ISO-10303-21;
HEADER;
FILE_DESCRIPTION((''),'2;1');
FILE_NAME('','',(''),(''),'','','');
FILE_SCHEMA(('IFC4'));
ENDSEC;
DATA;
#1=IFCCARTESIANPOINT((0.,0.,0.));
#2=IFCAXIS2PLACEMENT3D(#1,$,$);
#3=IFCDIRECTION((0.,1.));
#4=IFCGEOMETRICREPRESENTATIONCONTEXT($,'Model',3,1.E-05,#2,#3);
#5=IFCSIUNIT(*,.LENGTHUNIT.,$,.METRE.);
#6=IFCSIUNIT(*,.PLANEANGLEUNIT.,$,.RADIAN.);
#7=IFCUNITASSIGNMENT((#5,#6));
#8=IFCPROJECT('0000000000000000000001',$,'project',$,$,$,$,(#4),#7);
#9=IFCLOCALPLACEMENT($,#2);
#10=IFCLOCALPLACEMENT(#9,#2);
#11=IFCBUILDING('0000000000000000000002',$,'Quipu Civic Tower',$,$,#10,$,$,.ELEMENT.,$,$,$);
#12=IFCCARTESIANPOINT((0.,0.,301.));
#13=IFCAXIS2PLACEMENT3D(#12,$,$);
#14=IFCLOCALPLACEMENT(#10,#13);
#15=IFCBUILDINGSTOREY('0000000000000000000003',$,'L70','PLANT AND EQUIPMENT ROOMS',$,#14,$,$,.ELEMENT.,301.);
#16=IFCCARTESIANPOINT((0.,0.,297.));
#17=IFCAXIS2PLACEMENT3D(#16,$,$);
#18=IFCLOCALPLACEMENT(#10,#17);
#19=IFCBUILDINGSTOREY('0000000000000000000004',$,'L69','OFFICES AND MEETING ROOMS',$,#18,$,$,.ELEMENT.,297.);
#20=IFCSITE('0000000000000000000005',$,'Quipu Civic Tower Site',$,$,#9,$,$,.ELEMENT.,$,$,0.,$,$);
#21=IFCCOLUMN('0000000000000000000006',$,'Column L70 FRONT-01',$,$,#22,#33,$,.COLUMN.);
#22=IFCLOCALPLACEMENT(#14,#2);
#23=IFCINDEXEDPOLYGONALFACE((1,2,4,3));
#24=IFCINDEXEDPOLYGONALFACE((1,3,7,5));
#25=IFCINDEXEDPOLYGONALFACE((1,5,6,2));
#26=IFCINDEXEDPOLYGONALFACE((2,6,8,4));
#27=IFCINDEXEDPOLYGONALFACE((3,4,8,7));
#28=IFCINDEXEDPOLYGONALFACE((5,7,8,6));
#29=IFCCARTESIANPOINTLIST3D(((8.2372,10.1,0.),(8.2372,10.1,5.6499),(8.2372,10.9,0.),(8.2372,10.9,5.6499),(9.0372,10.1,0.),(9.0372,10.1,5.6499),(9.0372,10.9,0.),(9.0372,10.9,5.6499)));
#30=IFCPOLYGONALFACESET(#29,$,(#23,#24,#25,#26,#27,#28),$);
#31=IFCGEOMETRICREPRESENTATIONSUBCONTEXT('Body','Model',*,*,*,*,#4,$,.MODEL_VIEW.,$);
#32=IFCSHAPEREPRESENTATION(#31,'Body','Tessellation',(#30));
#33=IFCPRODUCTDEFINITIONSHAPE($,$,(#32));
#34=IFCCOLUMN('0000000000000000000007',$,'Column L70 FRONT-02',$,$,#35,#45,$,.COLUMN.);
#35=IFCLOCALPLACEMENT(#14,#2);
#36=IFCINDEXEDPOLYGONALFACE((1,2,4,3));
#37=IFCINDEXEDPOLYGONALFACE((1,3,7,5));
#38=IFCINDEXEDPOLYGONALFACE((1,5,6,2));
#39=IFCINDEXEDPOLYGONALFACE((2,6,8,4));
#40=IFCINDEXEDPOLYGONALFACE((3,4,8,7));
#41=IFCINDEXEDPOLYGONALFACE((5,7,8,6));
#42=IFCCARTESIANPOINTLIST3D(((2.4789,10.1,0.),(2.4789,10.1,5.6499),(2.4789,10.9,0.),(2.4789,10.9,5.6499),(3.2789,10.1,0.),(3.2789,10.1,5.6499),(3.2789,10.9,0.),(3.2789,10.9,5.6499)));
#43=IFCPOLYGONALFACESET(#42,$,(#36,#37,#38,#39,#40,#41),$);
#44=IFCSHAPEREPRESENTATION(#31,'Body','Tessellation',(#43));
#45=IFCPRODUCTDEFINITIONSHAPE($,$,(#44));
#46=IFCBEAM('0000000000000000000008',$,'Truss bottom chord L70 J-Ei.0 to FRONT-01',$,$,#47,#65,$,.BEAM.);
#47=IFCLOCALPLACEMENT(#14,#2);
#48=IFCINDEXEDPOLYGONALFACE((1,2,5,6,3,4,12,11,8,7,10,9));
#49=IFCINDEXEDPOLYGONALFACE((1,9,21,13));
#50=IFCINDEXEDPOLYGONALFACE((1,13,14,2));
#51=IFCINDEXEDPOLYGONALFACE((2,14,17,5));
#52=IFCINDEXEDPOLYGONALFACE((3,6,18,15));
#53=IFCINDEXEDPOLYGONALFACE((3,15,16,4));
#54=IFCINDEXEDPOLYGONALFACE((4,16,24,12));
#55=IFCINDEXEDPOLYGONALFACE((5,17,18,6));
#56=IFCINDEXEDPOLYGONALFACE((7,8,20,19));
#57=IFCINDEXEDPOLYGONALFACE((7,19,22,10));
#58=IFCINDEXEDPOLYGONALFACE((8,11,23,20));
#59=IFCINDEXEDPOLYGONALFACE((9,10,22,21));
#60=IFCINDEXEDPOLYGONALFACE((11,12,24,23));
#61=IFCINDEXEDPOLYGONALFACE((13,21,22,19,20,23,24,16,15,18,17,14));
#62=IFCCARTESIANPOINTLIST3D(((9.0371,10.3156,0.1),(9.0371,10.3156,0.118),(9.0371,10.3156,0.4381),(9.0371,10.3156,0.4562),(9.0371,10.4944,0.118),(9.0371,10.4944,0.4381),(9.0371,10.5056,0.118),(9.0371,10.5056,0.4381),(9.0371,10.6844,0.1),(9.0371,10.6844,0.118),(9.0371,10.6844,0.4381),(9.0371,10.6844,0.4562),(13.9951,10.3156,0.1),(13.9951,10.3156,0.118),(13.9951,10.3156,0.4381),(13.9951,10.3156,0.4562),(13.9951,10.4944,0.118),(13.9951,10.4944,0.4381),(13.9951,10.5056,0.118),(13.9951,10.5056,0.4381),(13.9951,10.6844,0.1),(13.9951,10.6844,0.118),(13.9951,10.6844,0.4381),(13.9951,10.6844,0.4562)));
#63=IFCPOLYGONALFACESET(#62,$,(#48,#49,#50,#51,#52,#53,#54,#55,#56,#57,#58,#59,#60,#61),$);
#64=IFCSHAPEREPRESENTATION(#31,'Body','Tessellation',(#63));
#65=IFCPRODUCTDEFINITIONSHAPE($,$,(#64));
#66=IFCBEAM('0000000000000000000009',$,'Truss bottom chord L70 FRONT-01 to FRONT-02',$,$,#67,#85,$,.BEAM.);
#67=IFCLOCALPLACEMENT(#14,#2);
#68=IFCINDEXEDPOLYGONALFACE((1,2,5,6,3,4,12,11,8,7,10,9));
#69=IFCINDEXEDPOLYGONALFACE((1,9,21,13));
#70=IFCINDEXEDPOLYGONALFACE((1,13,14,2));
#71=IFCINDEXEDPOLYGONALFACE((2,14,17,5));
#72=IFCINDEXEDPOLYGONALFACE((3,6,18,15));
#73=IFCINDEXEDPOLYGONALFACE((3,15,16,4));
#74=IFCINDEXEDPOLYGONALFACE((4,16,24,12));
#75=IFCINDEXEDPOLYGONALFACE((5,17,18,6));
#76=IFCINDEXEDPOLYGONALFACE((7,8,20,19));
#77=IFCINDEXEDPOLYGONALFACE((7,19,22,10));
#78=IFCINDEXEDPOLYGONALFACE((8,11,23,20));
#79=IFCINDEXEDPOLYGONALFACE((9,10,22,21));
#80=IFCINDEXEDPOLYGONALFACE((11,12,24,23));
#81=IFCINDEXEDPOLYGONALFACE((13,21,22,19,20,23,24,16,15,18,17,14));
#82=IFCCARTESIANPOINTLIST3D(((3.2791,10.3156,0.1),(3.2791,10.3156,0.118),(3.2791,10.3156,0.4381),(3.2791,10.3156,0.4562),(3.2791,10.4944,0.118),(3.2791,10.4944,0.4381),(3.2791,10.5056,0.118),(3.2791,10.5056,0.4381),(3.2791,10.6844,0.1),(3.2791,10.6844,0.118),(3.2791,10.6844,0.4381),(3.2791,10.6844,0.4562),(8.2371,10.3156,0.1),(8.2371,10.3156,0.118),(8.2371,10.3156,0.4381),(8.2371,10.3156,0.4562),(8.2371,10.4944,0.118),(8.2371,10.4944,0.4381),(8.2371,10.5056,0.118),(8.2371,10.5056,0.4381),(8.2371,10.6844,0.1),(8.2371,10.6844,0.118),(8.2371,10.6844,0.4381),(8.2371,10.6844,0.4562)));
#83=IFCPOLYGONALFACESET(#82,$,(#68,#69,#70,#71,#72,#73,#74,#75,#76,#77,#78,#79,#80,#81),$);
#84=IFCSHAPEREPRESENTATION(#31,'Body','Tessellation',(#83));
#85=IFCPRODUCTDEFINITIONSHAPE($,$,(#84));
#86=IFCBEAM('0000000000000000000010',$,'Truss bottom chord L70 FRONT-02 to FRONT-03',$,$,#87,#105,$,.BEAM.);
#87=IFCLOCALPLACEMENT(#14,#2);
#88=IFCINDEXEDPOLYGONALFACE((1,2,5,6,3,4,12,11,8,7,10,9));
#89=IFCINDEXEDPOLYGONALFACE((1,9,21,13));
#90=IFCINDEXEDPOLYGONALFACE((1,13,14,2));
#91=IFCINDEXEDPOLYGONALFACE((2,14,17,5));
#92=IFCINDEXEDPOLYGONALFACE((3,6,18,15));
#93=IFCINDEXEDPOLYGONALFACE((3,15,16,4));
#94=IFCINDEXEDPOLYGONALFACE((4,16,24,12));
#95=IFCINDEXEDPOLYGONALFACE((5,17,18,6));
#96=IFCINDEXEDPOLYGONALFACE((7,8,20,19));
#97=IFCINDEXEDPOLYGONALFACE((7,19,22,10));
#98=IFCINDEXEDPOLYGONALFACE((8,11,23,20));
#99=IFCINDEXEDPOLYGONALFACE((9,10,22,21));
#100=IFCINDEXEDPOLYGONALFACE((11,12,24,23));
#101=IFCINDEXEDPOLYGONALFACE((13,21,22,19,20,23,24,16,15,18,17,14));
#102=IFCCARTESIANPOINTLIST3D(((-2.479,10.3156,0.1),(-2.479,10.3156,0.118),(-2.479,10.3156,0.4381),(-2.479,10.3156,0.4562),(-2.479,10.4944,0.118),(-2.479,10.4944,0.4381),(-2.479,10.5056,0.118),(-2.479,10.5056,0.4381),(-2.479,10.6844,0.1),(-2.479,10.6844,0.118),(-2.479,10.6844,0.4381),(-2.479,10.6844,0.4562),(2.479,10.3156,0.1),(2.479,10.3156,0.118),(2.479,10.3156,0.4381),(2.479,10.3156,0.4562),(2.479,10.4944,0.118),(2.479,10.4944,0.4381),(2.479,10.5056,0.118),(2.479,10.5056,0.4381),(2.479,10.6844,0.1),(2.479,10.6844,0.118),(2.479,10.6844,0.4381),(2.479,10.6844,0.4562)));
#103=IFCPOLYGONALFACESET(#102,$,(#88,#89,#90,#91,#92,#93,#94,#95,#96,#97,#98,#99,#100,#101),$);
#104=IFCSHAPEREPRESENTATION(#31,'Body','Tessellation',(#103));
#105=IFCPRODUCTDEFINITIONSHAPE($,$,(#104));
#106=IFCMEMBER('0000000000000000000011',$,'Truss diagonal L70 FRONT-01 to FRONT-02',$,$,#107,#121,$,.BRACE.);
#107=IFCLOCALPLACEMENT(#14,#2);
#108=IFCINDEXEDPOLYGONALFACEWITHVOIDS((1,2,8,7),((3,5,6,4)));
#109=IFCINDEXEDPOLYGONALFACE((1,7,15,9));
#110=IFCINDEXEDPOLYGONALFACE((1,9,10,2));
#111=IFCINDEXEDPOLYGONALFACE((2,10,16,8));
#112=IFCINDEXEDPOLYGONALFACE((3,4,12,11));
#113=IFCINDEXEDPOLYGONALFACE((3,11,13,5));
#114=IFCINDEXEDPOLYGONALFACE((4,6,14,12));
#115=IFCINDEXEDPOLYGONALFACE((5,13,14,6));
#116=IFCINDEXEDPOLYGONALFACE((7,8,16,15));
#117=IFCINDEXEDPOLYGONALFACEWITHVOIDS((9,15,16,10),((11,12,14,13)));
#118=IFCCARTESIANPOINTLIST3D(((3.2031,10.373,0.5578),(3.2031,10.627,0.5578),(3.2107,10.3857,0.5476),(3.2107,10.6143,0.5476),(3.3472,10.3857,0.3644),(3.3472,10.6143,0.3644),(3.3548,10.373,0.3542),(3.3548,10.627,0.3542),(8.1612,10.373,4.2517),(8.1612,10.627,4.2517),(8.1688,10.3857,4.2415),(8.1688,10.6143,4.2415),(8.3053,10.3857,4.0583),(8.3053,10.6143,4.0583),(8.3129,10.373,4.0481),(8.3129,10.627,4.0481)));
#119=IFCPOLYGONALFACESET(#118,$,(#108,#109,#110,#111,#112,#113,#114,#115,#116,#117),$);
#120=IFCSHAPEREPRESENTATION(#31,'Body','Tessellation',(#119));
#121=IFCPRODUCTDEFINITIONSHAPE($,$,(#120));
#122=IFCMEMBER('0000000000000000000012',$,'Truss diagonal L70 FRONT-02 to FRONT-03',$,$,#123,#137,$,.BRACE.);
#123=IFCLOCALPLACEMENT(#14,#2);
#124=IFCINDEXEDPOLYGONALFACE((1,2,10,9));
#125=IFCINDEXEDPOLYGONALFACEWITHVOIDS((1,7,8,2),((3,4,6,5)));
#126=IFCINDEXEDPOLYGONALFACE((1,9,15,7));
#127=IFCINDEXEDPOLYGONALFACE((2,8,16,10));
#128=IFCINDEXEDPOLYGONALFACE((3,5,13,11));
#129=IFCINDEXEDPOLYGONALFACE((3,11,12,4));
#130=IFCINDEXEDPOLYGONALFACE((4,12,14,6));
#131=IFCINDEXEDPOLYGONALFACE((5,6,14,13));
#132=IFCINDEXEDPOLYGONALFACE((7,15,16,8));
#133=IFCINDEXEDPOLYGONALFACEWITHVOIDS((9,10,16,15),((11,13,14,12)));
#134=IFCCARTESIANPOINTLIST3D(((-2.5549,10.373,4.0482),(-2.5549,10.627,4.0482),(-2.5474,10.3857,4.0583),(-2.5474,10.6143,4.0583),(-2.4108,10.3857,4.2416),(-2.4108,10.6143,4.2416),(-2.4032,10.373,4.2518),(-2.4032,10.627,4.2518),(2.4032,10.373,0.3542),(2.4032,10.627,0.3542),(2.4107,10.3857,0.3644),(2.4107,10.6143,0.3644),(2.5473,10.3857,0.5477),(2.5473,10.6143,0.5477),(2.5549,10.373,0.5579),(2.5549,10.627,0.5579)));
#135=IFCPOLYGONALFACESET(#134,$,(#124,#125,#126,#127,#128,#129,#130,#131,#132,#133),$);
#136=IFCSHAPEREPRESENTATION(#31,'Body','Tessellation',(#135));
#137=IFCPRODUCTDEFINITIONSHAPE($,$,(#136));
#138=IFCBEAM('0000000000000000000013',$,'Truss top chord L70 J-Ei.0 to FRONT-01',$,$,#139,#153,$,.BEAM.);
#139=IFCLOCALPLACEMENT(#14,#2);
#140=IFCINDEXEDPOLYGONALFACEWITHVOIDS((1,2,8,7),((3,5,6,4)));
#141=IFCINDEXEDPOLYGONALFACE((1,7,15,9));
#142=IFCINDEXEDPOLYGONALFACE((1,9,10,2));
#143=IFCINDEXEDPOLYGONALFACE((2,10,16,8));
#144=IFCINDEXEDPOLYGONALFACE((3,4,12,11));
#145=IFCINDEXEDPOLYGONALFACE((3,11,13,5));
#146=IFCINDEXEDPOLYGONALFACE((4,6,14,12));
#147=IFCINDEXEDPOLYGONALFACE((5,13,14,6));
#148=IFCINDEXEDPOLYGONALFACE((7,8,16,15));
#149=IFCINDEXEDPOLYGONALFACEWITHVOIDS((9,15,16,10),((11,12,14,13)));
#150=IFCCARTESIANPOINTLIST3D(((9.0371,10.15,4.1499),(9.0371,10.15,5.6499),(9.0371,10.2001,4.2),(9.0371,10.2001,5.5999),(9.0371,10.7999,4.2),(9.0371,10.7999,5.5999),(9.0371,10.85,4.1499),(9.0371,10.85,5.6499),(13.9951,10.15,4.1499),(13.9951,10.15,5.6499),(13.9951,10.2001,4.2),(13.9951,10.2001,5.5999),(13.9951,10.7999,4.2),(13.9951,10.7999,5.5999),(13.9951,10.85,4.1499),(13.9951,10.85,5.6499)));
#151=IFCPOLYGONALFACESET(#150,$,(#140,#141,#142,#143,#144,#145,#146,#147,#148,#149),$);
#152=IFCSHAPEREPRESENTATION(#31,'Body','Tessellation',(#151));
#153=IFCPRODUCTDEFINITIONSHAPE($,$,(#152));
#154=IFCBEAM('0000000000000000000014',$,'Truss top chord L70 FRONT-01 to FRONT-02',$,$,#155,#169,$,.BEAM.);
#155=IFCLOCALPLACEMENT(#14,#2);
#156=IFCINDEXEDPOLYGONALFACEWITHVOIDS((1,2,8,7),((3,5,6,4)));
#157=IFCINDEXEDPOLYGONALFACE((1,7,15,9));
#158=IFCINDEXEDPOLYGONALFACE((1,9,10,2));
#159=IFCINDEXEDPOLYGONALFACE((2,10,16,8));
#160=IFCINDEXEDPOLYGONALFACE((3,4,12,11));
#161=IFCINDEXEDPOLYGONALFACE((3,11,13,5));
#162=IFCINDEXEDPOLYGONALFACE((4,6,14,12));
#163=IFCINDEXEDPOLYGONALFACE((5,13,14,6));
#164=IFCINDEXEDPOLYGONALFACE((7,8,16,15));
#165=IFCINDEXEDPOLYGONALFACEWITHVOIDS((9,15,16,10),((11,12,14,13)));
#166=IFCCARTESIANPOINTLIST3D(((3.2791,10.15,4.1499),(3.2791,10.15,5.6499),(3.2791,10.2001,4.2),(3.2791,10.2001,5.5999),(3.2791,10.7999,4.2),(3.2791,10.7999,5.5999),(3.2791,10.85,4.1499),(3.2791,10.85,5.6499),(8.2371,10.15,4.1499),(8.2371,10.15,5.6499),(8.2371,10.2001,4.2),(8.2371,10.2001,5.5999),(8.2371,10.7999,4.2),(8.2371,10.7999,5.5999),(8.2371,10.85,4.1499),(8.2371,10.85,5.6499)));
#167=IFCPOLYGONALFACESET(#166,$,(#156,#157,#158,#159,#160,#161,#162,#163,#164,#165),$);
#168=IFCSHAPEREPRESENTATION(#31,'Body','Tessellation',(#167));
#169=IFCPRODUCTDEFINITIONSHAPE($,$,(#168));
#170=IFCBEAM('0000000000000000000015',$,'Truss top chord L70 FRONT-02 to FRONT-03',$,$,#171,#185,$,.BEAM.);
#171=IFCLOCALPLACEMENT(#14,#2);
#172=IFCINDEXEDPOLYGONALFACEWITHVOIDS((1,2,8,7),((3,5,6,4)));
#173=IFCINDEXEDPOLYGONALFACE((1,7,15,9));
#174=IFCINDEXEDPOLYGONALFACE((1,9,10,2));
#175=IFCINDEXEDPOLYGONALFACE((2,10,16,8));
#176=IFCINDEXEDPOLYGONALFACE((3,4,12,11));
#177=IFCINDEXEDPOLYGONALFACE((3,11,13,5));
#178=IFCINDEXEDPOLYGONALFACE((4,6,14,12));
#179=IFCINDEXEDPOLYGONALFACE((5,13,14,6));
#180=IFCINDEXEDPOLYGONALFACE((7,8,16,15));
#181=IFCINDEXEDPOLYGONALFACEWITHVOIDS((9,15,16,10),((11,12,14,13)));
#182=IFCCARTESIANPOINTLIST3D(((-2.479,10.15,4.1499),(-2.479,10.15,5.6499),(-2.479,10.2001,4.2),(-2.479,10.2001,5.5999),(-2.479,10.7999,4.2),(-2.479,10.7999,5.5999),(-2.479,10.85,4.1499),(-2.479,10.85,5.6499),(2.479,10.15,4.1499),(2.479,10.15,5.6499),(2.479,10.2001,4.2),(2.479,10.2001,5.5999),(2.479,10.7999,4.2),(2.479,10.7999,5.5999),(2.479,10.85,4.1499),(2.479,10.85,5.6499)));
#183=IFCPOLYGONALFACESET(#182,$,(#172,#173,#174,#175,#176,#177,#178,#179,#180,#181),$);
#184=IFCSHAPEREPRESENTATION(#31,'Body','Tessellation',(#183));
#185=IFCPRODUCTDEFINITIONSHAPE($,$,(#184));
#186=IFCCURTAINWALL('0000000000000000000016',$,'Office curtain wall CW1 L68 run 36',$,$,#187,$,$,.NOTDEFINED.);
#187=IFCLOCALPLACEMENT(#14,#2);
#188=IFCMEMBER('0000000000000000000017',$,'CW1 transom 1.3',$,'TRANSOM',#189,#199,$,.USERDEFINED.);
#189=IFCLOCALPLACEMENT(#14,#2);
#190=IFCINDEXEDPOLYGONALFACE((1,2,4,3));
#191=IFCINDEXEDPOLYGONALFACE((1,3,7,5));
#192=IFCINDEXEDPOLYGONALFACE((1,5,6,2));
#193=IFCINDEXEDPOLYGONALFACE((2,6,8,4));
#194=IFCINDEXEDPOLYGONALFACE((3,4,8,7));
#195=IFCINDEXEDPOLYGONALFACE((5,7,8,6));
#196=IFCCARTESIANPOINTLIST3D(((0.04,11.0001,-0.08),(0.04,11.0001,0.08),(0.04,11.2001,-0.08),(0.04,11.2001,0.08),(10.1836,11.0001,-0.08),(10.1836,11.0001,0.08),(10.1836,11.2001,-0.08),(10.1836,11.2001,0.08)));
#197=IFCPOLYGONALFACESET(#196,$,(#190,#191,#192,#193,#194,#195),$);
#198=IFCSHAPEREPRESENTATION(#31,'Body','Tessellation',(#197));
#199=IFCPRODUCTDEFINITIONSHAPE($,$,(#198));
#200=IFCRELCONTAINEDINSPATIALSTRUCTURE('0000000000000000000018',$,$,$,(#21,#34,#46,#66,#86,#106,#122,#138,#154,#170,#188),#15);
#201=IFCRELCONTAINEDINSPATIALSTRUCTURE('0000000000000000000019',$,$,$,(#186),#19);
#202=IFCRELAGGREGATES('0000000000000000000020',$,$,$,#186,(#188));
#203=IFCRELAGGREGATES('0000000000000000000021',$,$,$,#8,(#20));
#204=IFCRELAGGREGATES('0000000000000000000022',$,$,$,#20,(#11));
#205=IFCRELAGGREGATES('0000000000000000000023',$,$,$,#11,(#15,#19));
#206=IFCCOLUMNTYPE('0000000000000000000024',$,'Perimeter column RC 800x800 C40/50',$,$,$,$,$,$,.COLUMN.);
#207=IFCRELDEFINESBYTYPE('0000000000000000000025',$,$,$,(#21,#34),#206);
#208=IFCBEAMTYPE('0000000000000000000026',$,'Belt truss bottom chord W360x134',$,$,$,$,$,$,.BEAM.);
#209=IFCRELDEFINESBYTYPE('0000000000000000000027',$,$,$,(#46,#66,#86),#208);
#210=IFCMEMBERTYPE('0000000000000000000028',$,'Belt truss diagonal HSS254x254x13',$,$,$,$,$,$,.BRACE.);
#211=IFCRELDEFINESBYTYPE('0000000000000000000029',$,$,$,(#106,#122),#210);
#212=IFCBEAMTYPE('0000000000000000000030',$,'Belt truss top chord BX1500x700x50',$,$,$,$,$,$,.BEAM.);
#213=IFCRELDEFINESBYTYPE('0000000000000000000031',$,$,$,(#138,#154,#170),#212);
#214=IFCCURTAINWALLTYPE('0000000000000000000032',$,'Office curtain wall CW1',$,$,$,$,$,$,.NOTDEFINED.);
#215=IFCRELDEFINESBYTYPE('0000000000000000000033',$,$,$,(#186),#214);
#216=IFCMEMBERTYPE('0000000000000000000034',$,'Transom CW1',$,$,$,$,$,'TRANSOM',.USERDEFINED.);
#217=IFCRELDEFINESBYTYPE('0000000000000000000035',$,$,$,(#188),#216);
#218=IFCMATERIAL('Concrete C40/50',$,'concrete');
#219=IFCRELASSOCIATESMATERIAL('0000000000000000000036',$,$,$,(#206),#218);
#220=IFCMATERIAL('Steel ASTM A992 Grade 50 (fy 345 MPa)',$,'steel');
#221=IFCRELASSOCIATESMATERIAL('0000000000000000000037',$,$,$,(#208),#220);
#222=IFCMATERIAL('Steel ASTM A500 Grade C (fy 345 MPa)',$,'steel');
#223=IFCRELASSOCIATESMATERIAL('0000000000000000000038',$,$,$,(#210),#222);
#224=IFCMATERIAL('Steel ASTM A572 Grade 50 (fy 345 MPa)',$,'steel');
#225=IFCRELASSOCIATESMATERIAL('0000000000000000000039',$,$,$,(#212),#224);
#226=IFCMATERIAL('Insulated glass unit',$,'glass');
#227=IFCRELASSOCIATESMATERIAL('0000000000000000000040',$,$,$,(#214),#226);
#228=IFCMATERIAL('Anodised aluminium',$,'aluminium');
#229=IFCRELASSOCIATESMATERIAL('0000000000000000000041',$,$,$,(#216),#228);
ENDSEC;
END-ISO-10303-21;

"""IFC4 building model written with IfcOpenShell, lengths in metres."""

from ifc_helpers import new_model, si_unit, direction, frame, origin, origin_2d, place, context, subcontext, project, spatial, rectangle, hollow_rectangle, i_section, extrude, material, material_profile, profile_set, type_object, element, aggregate, save


model = new_model("IFC4")

# Units and contexts
model_context = context("Model", 3, precision=1e-05, world=origin(), true_north=direction((0.0, 1.0)))
body_context = subcontext(model_context, "Body", "Model", "MODEL_VIEW")
ifc_project = project(units=[si_unit("LENGTHUNIT", "METRE"), si_unit("PLANEANGLEUNIT", "RADIAN")], contexts=[model_context])

# Site, building, storey
site_placement = place(None, origin())
site = spatial("IfcSite", under=ifc_project, at=site_placement, Name="Quipu Civic Tower Site", CompositionType="ELEMENT", RefElevation=0.0)
building_placement = place(site_placement, origin())
building = spatial("IfcBuilding", under=site, at=building_placement, Name="Quipu Civic Tower", CompositionType="ELEMENT")
storey_1_placement = place(building_placement, frame((0.0, 0.0, 301.0)))
storey_1 = spatial("IfcBuildingStorey", under=building, at=storey_1_placement, Name="L70", Description="PLANT AND EQUIPMENT ROOMS", CompositionType="ELEMENT", Elevation=301.0)

# Columns
ifc_material_1 = material(Name="Concrete C40/50", Category="concrete")
ifc_material_profile_1 = material_profile(ifc_material_1, rectangle(XDim=0.8, YDim=0.8, at=origin_2d()), Name="RC800x800")
ifc_profile_set_1 = profile_set([ifc_material_profile_1], Name="Concrete C40/50")
column_type = type_object("IfcColumnType", Name="Perimeter column RC 800x800 C40/50", PredefinedType="COLUMN", material=ifc_profile_set_1)
for number, where, z_axis, x_axis, name in (
    (1, (8.6372, 10.5, 0.0), (0.0, 0.0, 1.0), (-1.0, 0.0, 0.0), "Column L70 FRONT-01"),
    (2, (2.8789, 10.5, 0.0), (0.0, 0.0, 1.0), (-1.0, 0.0, 0.0), "Column L70 FRONT-02"),
):
    element("IfcColumn", number, at=place(storey_1_placement, frame(where, z_axis=z_axis, x_axis=x_axis)), inside=storey_1, type_object=column_type, Name=name, PredefinedType="COLUMN", context=body_context, shape_type="SweptSolid", body=[
        extrude(rectangle(XDim=0.8, YDim=0.8, at=origin_2d()), origin(), (0.0, 0.0, 1.0), 5.6499),
    ])

# Beams
ifc_material_2 = material(Name="Steel ASTM A992 Grade 50 (fy 345 MPa)", Category="steel")
ifc_material_profile_2 = material_profile(ifc_material_2, i_section(OverallWidth=0.3689, OverallDepth=0.3562, WebThickness=0.0112, FlangeThickness=0.0181, at=origin_2d()), Name="W360x134")
ifc_profile_set_2 = profile_set([ifc_material_profile_2], Name="Steel ASTM A992 Grade 50 (fy 345 MPa)")
beam_type_1 = type_object("IfcBeamType", Name="Belt truss bottom chord W360x134", PredefinedType="BEAM", material=ifc_profile_set_2)
for number, where, z_axis, x_axis, name in (
    (3, (13.9951, 10.5, 0.2781), (-1.0, 0.0, 0.0), (0.0, -1.0, 0.0), "Truss bottom chord L70 J-Ei.0 to FRONT-01"),
    (4, (8.2371, 10.5, 0.2781), (-1.0, 0.0, 0.0), (0.0, -1.0, 0.0), "Truss bottom chord L70 FRONT-01 to FRONT-02"),
    (5, (2.479, 10.5, 0.2781), (-1.0, 0.0, 0.0), (0.0, -1.0, 0.0), "Truss bottom chord L70 FRONT-02 to FRONT-03"),
):
    element("IfcBeam", number, at=place(storey_1_placement, frame(where, z_axis=z_axis, x_axis=x_axis)), inside=storey_1, type_object=beam_type_1, Name=name, PredefinedType="BEAM", context=body_context, shape_type="SweptSolid", body=[
        extrude(i_section(OverallWidth=0.3689, OverallDepth=0.3562, WebThickness=0.0112, FlangeThickness=0.0181, at=origin_2d()), origin(), (0.0, 0.0, 1.0), 4.958),
    ])

# Members
ifc_material_3 = material(Name="Steel ASTM A500 Grade C (fy 345 MPa)", Category="steel")
ifc_material_profile_3 = material_profile(ifc_material_3, hollow_rectangle(XDim=0.2539, YDim=0.2539, WallThickness=0.0127, at=origin_2d()), Name="HSS254x254x13")
ifc_profile_set_3 = profile_set([ifc_material_profile_3], Name="Steel ASTM A500 Grade C (fy 345 MPa)")
member_type_1 = type_object("IfcMemberType", Name="Belt truss diagonal HSS254x254x13", PredefinedType="BRACE", material=ifc_profile_set_3)
for number, where, z_axis, x_axis, name in (
    (6, (8.2371, 10.5, 4.1499), (-0.80191, 0.0, -0.597444), (0.0, -1.0, 0.0), "Truss diagonal L70 FRONT-01 to FRONT-02"),
    (7, (2.479, 10.5, 0.4561), (-0.80191, 0.0, 0.597444), (0.0, -1.0, 0.0), "Truss diagonal L70 FRONT-02 to FRONT-03"),
):
    element("IfcMember", number, at=place(storey_1_placement, frame(where, z_axis=z_axis, x_axis=x_axis)), inside=storey_1, type_object=member_type_1, Name=name, PredefinedType="BRACE", context=body_context, shape_type="SweptSolid", body=[
        extrude(hollow_rectangle(XDim=0.2539, YDim=0.2539, WallThickness=0.0127, at=origin_2d()), origin(), (0.0, 0.0, 1.0), 6.1829),
    ])

# Beams
ifc_material_4 = material(Name="Steel ASTM A572 Grade 50 (fy 345 MPa)", Category="steel")
ifc_material_profile_4 = material_profile(ifc_material_4, hollow_rectangle(XDim=0.7, YDim=1.5, WallThickness=0.05, at=origin_2d()), Name="BX1500x700x50")
ifc_profile_set_4 = profile_set([ifc_material_profile_4], Name="Steel ASTM A572 Grade 50 (fy 345 MPa)")
beam_type_2 = type_object("IfcBeamType", Name="Belt truss top chord BX1500x700x50", PredefinedType="BEAM", material=ifc_profile_set_4)
for number, where, z_axis, x_axis, name in (
    (8, (13.9951, 10.5, 4.8999), (-1.0, 0.0, 0.0), (0.0, -1.0, 0.0), "Truss top chord L70 J-Ei.0 to FRONT-01"),
    (9, (8.2371, 10.5, 4.8999), (-1.0, 0.0, 0.0), (0.0, -1.0, 0.0), "Truss top chord L70 FRONT-01 to FRONT-02"),
    (10, (2.479, 10.5, 4.8999), (-1.0, 0.0, 0.0), (0.0, -1.0, 0.0), "Truss top chord L70 FRONT-02 to FRONT-03"),
):
    element("IfcBeam", number, at=place(storey_1_placement, frame(where, z_axis=z_axis, x_axis=x_axis)), inside=storey_1, type_object=beam_type_2, Name=name, PredefinedType="BEAM", context=body_context, shape_type="SweptSolid", body=[
        extrude(hollow_rectangle(XDim=0.7, YDim=1.5, WallThickness=0.05, at=origin_2d()), origin(), (0.0, 0.0, 1.0), 4.958),
    ])

# Shared definitions
storey_2_placement = place(building_placement, frame((0.0, 0.0, 297.0)))
storey_2 = spatial("IfcBuildingStorey", under=building, at=storey_2_placement, Name="L69", Description="OFFICES AND MEETING ROOMS", CompositionType="ELEMENT", Elevation=297.0)

# Curtain wall, member
ifc_material_5 = material(Name="Insulated glass unit", Category="glass")
curtain_wall_type = type_object("IfcCurtainWallType", Name="Office curtain wall CW1", PredefinedType="NOTDEFINED", material=ifc_material_5)
curtain_wall_placement = place(storey_2_placement, origin())
curtain_wall = element("IfcCurtainWall", 11, at=curtain_wall_placement, inside=storey_2, type_object=curtain_wall_type, Name="Office curtain wall CW1 L68 run 36", PredefinedType="NOTDEFINED")
ifc_material_6 = material(Name="Anodised aluminium", Category="aluminium")
ifc_material_profile_5 = material_profile(ifc_material_6, rectangle(XDim=0.2, YDim=0.1599, at=origin_2d()), Name="RECT 200x160")
ifc_profile_set_5 = profile_set([ifc_material_profile_5], Name="Anodised aluminium")
member_type_2 = type_object("IfcMemberType", Name="Transom CW1", ElementType="TRANSOM", PredefinedType="USERDEFINED", material=ifc_profile_set_5)
member_placement = place(storey_1_placement, frame((10.1836, 11.1001, 0.0), z_axis=(-1.0, 0.0, 0.0), x_axis=(0.0, -1.0, 0.0)))
member = element("IfcMember", 12, at=member_placement, inside=storey_1, type_object=member_type_2, Name="CW1 transom 1.3", ObjectType="TRANSOM", PredefinedType="USERDEFINED", context=body_context, shape_type="SweptSolid", body=[
    extrude(rectangle(XDim=0.2, YDim=0.1599, at=origin_2d()), origin(), (0.0, 0.0, 1.0), 10.1436),
])
aggregate(curtain_wall, [member])

save(model, "model.ifc")
